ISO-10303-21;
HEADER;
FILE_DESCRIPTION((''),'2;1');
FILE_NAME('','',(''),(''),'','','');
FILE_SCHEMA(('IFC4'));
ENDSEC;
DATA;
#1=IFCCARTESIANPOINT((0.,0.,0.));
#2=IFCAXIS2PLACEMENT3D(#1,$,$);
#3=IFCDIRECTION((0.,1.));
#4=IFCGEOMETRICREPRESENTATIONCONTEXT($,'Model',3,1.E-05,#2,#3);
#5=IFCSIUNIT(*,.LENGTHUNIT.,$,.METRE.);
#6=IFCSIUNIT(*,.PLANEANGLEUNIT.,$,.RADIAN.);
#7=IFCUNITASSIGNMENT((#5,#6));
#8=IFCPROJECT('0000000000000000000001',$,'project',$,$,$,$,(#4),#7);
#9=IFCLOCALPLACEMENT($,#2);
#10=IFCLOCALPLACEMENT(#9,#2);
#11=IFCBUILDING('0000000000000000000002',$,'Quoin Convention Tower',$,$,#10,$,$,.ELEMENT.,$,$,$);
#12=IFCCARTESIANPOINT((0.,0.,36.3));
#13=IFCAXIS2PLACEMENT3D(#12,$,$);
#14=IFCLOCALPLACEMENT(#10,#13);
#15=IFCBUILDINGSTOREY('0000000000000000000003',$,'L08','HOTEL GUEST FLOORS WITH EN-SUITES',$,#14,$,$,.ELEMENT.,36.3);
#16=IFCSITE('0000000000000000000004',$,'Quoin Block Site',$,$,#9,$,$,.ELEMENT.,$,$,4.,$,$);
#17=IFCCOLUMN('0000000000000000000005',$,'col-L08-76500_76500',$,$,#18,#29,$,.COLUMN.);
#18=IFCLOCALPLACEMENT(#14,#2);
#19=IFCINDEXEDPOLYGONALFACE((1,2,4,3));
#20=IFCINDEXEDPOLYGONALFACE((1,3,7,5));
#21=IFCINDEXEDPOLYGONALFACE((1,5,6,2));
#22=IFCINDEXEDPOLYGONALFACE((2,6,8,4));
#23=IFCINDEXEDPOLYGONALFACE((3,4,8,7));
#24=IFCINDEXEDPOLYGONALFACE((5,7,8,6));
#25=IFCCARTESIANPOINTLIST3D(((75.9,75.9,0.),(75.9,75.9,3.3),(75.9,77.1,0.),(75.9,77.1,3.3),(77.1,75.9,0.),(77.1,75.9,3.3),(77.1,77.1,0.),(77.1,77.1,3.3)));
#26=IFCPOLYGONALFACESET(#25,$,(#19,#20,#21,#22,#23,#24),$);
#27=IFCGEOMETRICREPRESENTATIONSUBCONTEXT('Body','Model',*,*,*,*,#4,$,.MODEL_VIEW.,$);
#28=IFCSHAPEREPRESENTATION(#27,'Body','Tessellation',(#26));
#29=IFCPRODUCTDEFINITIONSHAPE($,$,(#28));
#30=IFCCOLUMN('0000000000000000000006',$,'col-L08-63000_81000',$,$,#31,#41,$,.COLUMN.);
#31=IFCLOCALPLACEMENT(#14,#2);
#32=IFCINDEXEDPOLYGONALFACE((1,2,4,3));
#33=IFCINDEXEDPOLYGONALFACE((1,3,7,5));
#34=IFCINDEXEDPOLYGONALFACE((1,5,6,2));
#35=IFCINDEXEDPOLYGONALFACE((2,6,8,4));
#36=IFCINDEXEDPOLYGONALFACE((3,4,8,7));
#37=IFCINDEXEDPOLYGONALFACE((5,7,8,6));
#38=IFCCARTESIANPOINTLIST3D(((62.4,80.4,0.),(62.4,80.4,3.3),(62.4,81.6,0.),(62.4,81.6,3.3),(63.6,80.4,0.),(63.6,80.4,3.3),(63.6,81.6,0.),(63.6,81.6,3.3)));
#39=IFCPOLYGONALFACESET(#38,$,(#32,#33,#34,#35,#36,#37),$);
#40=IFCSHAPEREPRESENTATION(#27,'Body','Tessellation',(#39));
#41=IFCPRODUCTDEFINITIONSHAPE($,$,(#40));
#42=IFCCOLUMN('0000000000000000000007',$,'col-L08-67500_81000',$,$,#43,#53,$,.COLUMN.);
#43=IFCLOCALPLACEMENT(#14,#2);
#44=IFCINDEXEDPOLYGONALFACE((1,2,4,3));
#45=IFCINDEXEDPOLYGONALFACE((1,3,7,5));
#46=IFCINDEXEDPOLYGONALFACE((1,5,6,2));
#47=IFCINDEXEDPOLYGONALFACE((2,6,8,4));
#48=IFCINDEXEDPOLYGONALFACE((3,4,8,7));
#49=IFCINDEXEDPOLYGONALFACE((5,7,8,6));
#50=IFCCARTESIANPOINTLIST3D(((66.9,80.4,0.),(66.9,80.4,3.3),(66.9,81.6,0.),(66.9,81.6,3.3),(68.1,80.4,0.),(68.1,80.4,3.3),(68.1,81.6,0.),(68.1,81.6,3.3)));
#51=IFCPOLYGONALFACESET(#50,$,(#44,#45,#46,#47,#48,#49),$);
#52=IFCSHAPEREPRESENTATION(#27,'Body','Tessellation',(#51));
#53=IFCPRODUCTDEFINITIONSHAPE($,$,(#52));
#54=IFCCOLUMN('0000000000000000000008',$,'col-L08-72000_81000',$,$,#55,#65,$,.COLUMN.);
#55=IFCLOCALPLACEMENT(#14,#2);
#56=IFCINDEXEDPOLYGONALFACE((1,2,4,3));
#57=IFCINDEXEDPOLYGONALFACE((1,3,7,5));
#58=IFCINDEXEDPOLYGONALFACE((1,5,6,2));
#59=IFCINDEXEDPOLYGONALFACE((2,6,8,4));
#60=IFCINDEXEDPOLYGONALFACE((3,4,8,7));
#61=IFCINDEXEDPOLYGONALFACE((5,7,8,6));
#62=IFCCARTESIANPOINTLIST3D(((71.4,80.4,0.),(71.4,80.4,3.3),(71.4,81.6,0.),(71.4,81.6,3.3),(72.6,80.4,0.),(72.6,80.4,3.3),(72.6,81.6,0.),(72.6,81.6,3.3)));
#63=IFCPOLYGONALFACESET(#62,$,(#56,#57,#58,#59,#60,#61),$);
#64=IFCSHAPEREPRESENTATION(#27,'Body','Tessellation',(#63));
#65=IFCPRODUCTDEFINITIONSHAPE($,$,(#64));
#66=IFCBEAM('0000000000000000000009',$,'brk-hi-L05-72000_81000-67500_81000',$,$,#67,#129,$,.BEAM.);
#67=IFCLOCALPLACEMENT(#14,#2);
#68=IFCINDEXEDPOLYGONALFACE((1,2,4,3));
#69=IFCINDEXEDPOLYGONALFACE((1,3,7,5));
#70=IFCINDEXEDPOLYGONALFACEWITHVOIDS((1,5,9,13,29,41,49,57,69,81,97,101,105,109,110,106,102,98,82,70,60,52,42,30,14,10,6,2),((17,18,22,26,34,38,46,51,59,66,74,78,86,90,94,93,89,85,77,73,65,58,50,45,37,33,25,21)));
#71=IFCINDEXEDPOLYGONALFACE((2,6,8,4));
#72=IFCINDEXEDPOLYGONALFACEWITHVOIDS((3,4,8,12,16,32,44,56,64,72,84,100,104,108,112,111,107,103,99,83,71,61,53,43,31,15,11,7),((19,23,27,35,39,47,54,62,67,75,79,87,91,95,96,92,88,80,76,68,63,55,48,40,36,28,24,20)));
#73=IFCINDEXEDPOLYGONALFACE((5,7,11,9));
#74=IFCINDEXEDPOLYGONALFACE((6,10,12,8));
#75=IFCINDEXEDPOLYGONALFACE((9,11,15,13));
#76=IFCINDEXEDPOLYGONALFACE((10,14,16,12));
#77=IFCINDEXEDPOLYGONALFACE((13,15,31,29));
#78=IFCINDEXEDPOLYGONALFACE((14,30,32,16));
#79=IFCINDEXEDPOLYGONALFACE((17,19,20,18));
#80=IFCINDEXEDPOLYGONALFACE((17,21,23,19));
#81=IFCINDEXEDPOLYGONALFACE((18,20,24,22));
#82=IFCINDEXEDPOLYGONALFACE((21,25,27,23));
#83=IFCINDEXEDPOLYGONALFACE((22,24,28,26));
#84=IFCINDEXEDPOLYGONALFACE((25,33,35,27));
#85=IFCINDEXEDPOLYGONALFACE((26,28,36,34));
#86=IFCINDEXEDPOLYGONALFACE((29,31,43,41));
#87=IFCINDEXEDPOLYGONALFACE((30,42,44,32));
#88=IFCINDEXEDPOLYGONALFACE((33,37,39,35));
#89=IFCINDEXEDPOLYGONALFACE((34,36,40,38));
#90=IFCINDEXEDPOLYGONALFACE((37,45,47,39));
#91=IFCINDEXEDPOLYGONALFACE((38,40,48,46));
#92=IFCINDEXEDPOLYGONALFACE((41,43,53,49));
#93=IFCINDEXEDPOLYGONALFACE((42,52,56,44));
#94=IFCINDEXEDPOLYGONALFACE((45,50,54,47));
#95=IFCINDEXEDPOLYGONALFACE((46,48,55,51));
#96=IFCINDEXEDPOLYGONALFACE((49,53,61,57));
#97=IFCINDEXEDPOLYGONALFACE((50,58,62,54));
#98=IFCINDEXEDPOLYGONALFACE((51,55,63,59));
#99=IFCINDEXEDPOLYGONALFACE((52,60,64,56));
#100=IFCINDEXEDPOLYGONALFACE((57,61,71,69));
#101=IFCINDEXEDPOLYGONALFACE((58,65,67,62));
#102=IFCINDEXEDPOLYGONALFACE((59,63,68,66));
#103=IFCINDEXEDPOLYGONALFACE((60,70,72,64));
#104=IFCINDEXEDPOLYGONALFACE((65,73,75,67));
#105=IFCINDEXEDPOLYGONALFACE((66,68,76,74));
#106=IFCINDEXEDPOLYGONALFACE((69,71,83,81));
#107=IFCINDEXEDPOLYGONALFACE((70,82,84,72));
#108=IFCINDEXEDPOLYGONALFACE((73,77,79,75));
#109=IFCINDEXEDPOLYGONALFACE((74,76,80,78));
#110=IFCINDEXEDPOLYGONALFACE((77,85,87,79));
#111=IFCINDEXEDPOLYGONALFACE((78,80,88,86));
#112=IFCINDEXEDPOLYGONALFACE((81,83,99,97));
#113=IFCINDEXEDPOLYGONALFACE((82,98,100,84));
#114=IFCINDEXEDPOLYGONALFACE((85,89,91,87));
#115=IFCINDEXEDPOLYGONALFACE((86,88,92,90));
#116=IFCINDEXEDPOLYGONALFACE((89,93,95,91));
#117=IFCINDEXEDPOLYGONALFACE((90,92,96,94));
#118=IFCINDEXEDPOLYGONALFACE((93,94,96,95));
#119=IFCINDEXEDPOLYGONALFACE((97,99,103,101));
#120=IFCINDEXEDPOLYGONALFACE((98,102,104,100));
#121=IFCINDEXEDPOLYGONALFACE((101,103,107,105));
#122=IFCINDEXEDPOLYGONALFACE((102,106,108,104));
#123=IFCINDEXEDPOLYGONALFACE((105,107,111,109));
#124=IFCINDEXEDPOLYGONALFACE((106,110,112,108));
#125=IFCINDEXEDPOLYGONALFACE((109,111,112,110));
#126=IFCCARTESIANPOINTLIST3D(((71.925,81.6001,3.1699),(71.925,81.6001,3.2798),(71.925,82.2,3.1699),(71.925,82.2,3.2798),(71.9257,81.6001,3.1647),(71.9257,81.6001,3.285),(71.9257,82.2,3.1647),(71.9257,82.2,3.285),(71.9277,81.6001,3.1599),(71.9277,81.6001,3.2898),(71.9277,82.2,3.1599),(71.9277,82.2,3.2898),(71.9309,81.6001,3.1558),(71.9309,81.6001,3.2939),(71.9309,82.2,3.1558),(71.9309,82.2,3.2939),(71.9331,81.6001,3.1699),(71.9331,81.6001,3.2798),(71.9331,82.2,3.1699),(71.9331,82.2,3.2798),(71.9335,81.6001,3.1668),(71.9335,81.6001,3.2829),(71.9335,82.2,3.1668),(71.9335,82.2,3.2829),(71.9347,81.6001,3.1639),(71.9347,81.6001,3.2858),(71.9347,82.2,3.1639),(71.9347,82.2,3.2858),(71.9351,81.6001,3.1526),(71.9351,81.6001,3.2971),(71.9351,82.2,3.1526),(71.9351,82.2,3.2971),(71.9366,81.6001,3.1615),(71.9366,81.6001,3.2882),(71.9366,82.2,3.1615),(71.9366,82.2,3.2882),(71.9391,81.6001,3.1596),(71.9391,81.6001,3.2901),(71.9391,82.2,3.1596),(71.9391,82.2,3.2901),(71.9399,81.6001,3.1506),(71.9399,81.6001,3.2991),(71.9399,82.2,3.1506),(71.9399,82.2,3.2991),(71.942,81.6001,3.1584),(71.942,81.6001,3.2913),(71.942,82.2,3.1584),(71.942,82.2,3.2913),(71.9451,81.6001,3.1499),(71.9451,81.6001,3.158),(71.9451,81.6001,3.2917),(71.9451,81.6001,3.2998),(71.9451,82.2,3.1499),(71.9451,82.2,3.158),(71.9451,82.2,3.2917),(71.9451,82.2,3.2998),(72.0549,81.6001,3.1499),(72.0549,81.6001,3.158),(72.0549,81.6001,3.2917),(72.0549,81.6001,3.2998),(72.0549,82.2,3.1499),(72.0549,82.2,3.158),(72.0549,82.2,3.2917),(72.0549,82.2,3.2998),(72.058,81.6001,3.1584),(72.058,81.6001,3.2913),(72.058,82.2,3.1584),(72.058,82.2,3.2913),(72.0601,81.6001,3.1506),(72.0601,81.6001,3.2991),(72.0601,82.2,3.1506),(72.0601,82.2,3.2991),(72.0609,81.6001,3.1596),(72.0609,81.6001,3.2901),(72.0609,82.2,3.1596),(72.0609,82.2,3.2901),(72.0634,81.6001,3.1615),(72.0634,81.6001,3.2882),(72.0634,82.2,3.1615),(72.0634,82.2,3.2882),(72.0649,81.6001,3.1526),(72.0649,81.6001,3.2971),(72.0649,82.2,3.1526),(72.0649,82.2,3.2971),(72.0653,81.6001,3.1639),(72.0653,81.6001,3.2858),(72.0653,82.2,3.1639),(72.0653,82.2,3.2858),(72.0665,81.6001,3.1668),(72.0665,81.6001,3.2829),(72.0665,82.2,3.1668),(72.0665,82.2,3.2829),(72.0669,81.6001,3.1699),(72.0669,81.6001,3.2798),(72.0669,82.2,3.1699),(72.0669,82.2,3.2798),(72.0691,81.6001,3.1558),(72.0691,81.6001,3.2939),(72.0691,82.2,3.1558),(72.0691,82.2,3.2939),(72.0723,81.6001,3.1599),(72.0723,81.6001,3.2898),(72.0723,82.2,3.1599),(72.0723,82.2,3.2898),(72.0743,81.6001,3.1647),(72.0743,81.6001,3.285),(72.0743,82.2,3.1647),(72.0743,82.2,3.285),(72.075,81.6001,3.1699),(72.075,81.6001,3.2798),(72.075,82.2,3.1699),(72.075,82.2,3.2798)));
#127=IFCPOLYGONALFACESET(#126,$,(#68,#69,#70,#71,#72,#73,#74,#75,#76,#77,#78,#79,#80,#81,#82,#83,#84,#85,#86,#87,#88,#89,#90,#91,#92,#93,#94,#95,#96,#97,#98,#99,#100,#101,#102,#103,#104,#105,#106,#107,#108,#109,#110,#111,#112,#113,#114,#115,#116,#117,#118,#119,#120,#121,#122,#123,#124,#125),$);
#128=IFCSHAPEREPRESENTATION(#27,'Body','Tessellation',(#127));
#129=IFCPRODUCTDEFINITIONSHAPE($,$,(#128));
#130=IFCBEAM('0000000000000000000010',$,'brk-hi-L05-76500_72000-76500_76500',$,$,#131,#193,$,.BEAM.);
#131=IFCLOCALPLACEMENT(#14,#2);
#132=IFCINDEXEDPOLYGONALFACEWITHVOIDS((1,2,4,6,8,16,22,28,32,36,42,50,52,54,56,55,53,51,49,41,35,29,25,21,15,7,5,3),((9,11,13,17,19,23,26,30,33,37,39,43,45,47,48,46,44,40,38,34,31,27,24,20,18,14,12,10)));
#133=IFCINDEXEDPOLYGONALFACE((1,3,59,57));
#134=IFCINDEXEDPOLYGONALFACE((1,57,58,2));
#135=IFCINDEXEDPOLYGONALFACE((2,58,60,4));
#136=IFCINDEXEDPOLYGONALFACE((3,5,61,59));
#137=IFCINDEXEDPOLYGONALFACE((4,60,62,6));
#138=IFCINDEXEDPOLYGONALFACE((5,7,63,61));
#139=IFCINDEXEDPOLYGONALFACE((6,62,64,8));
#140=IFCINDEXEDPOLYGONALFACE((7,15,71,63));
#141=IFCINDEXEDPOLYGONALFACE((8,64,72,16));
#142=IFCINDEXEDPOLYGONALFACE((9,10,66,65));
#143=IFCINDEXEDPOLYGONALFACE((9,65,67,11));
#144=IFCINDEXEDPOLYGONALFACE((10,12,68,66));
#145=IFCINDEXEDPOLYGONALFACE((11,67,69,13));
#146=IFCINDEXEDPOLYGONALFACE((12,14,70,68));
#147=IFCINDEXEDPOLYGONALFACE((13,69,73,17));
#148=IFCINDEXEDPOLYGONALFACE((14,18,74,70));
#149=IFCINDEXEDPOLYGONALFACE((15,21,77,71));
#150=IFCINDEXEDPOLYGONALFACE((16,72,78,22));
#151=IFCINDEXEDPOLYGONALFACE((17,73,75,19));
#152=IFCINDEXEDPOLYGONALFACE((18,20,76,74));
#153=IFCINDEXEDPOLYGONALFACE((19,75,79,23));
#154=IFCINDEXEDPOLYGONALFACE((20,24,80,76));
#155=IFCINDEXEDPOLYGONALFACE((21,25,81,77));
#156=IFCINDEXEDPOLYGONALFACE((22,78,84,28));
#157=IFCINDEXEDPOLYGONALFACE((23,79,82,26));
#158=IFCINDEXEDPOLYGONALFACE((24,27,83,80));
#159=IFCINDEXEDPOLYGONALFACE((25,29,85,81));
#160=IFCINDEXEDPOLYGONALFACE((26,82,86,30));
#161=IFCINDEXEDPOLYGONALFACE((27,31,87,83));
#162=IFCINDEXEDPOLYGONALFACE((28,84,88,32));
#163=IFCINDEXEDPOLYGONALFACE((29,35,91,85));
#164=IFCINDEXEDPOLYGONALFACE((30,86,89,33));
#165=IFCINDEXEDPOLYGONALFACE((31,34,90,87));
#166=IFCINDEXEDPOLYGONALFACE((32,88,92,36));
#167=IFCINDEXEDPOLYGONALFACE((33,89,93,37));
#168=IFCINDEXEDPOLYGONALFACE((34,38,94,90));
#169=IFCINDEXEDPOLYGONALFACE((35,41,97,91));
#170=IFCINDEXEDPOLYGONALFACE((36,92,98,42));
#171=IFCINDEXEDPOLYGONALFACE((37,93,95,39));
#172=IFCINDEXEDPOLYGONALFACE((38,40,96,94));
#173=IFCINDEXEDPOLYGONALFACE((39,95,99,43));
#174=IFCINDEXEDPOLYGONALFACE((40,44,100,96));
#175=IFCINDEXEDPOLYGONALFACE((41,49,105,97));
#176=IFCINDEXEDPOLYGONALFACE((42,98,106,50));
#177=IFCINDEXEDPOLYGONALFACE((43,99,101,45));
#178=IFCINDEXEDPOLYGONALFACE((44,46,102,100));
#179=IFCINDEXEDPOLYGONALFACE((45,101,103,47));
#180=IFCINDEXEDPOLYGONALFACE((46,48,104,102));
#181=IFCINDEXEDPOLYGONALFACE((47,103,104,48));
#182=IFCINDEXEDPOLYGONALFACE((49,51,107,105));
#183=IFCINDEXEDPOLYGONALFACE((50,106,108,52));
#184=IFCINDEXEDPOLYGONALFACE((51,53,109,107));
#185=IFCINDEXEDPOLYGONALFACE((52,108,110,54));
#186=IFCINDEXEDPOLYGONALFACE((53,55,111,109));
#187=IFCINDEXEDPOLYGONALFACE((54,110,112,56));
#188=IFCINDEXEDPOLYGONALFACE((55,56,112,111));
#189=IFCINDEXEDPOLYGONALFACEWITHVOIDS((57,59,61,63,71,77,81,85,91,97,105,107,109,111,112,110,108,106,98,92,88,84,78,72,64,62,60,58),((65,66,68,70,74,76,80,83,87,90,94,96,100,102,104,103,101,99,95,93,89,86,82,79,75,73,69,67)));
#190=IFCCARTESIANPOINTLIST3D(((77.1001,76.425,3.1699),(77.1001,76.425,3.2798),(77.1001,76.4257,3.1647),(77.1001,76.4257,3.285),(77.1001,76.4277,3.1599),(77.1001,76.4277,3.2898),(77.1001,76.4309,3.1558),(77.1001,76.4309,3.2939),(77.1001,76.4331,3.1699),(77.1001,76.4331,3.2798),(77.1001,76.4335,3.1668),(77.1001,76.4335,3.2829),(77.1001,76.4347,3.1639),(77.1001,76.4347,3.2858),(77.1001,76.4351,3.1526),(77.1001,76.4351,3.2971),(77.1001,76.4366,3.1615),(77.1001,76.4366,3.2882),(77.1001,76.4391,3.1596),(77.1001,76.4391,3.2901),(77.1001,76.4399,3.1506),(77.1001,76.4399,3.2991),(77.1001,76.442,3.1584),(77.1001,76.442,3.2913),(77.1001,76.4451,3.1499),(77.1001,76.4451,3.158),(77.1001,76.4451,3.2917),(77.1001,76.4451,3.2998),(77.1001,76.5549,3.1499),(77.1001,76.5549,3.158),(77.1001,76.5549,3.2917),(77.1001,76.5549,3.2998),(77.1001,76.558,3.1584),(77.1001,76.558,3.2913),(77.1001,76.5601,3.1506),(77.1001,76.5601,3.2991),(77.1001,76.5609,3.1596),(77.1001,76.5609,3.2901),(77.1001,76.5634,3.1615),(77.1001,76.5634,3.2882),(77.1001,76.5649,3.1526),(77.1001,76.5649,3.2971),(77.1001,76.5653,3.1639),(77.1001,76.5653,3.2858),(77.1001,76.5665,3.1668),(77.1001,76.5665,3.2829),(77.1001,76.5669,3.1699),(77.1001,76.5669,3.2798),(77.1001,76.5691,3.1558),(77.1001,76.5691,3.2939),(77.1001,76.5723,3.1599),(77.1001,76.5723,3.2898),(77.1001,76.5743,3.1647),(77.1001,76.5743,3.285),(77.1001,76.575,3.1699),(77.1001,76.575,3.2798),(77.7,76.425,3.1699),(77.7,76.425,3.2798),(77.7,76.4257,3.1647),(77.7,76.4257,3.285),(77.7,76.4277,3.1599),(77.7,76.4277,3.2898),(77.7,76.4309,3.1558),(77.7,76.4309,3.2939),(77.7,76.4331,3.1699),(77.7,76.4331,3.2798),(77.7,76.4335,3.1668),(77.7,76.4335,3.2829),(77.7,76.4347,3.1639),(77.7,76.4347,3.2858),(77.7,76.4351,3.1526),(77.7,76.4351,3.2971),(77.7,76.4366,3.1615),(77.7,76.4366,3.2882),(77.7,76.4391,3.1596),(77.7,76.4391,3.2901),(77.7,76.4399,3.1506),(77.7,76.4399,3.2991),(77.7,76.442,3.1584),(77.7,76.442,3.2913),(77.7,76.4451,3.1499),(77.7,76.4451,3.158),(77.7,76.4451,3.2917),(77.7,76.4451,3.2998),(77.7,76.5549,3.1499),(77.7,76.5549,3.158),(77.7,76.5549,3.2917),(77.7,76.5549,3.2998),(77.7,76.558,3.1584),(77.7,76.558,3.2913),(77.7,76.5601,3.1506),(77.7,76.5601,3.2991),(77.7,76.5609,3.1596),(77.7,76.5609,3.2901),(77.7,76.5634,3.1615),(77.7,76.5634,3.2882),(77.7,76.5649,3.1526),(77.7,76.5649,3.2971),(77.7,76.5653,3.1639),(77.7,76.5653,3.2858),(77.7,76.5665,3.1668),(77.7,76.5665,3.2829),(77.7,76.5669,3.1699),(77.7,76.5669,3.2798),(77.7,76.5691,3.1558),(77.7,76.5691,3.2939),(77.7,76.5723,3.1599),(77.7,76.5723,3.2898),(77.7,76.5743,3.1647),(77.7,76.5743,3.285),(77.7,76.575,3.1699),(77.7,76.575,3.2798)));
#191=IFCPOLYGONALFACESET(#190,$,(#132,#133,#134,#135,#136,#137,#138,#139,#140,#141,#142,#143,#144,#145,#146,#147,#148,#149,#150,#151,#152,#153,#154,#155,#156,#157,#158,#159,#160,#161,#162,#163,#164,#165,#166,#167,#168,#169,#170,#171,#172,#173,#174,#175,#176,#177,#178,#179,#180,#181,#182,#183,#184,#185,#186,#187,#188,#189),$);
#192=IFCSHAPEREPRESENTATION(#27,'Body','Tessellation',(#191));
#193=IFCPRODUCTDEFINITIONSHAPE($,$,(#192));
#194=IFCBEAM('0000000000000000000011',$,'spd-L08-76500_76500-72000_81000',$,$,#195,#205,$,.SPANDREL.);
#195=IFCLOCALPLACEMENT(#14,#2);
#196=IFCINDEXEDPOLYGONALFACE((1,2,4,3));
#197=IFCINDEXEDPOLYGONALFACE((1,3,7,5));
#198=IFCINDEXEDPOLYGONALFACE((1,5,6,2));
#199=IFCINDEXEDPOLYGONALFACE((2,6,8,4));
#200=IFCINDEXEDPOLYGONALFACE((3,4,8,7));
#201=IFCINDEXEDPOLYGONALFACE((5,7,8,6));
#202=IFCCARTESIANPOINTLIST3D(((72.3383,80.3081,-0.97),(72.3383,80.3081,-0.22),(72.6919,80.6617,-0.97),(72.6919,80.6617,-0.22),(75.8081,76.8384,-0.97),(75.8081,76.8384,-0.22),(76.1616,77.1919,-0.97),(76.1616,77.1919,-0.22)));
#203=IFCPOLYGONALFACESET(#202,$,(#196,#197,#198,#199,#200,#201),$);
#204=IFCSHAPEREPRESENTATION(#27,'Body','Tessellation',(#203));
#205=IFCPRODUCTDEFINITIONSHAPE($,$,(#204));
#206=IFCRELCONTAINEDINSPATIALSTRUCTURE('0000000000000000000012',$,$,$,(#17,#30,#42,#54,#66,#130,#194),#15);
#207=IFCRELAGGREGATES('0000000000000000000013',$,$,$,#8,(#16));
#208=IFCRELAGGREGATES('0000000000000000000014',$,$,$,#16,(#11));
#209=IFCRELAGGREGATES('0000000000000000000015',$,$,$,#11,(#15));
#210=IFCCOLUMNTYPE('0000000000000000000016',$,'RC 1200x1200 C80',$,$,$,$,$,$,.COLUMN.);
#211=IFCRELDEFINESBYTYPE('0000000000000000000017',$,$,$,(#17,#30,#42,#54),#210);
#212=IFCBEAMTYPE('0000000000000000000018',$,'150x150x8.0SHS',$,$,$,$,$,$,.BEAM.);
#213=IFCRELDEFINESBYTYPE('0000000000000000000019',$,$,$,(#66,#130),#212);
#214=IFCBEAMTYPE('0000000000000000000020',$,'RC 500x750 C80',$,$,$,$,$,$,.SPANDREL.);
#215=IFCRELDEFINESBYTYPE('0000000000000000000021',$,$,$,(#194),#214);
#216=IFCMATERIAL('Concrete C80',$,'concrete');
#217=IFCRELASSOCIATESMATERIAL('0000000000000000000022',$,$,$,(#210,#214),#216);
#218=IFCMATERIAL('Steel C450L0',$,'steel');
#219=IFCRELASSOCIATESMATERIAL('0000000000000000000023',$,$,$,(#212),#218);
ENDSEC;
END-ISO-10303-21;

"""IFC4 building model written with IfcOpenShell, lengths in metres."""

from ifc_helpers import new_model, si_unit, direction, frame, origin, origin_2d, place, context, subcontext, project, spatial, rectangle, hollow_rectangle, extrude, material, material_profile, profile_set, type_object, element, save


model = new_model("IFC4")

# Units and contexts
model_context = context("Model", 3, precision=1e-05, world=origin(), true_north=direction((0.0, 1.0)))
body_context = subcontext(model_context, "Body", "Model", "MODEL_VIEW")
ifc_project = project(units=[si_unit("LENGTHUNIT", "METRE"), si_unit("PLANEANGLEUNIT", "RADIAN")], contexts=[model_context])

# Site, building, storey
site_placement = place(None, origin())
site = spatial("IfcSite", under=ifc_project, at=site_placement, Name="Quoin Block Site", CompositionType="ELEMENT", RefElevation=4.0)
building_placement = place(site_placement, origin())
building = spatial("IfcBuilding", under=site, at=building_placement, Name="Quoin Convention Tower", CompositionType="ELEMENT")
storey_placement = place(building_placement, frame((0.0, 0.0, 36.3)))
storey = spatial("IfcBuildingStorey", under=building, at=storey_placement, Name="L08", Description="HOTEL GUEST FLOORS WITH EN-SUITES", CompositionType="ELEMENT", Elevation=36.3)

# Columns
ifc_material_1 = material(Name="Concrete C80", Category="concrete")
ifc_material_profile_1 = material_profile(ifc_material_1, rectangle(XDim=1.2, YDim=1.2, at=origin_2d()), Name="RC 1200x1200")
ifc_profile_set_1 = profile_set([ifc_material_profile_1], Name="Concrete C80")
column_type = type_object("IfcColumnType", Name="RC 1200x1200 C80", PredefinedType="COLUMN", material=ifc_profile_set_1)
for number, where, z_axis, x_axis, name in (
    (1, (76.5, 76.5, 0.0), (0.0, 0.0, 1.0), (1.0, 0.0, 0.0), "col-L08-76500_76500"),
    (2, (63.0, 81.0, 0.0), (0.0, 0.0, 1.0), (1.0, 0.0, 0.0), "col-L08-63000_81000"),
    (3, (67.5, 81.0, 0.0), (0.0, 0.0, 1.0), (1.0, 0.0, 0.0), "col-L08-67500_81000"),
    (4, (72.0, 81.0, 0.0), (0.0, 0.0, 1.0), (1.0, 0.0, 0.0), "col-L08-72000_81000"),
):
    element("IfcColumn", number, at=place(storey_placement, frame(where, z_axis=z_axis, x_axis=x_axis)), inside=storey, type_object=column_type, Name=name, PredefinedType="COLUMN", context=body_context, shape_type="SweptSolid", body=[
        extrude(rectangle(XDim=1.2, YDim=1.2, at=origin_2d()), origin(), (0.0, 0.0, 1.0), 3.3),
    ])

# Beams
ifc_material_2 = material(Name="Steel C450L0", Category="steel")
ifc_material_profile_2 = material_profile(ifc_material_2, hollow_rectangle(XDim=0.1499, YDim=0.1499, WallThickness=0.0081, InnerFilletRadius=0.012, OuterFilletRadius=0.02, at=origin_2d()), Name="150x150x8.0SHS")
ifc_profile_set_2 = profile_set([ifc_material_profile_2], Name="Steel C450L0")
beam_type_1 = type_object("IfcBeamType", Name="150x150x8.0SHS", PredefinedType="BEAM", material=ifc_profile_set_2)
for number, where, z_axis, x_axis, name in (
    (5, (72.0, 81.6001, 3.2249), (0.0, 1.0, 0.0), (-1.0, 0.0, 0.0), "brk-hi-L05-72000_81000-67500_81000"),
    (6, (77.1001, 76.5, 3.2249), (1.0, 0.0, 0.0), (0.0, 1.0, 0.0), "brk-hi-L05-76500_72000-76500_76500"),
):
    element("IfcBeam", number, at=place(storey_placement, frame(where, z_axis=z_axis, x_axis=x_axis)), inside=storey, type_object=beam_type_1, Name=name, PredefinedType="BEAM", context=body_context, shape_type="SweptSolid", body=[
        extrude(hollow_rectangle(XDim=0.1499, YDim=0.1499, WallThickness=0.0081, InnerFilletRadius=0.012, OuterFilletRadius=0.02, at=origin_2d()), origin(), (0.0, 0.0, 1.0), 0.5999),
    ])
ifc_material_profile_3 = material_profile(ifc_material_1, rectangle(XDim=0.5, YDim=0.75, at=origin_2d()), Name="RC 500x750")
ifc_profile_set_3 = profile_set([ifc_material_profile_3], Name="Concrete C80")
beam_type_2 = type_object("IfcBeamType", Name="RC 500x750 C80", PredefinedType="SPANDREL", material=ifc_profile_set_3)
beam_placement = place(storey_placement, frame((75.9849, 77.0151, -0.595), z_axis=(-0.707107, 0.707107, 0.0), x_axis=(-0.707107, -0.707107, 0.0)))
element("IfcBeam", 7, at=beam_placement, inside=storey, type_object=beam_type_2, Name="spd-L08-76500_76500-72000_81000", PredefinedType="SPANDREL", context=body_context, shape_type="SweptSolid", body=[
    extrude(rectangle(XDim=0.5, YDim=0.75, at=origin_2d()), origin(), (0.0, 0.0, 1.0), 4.907),
])

save(model, "model.ifc")
